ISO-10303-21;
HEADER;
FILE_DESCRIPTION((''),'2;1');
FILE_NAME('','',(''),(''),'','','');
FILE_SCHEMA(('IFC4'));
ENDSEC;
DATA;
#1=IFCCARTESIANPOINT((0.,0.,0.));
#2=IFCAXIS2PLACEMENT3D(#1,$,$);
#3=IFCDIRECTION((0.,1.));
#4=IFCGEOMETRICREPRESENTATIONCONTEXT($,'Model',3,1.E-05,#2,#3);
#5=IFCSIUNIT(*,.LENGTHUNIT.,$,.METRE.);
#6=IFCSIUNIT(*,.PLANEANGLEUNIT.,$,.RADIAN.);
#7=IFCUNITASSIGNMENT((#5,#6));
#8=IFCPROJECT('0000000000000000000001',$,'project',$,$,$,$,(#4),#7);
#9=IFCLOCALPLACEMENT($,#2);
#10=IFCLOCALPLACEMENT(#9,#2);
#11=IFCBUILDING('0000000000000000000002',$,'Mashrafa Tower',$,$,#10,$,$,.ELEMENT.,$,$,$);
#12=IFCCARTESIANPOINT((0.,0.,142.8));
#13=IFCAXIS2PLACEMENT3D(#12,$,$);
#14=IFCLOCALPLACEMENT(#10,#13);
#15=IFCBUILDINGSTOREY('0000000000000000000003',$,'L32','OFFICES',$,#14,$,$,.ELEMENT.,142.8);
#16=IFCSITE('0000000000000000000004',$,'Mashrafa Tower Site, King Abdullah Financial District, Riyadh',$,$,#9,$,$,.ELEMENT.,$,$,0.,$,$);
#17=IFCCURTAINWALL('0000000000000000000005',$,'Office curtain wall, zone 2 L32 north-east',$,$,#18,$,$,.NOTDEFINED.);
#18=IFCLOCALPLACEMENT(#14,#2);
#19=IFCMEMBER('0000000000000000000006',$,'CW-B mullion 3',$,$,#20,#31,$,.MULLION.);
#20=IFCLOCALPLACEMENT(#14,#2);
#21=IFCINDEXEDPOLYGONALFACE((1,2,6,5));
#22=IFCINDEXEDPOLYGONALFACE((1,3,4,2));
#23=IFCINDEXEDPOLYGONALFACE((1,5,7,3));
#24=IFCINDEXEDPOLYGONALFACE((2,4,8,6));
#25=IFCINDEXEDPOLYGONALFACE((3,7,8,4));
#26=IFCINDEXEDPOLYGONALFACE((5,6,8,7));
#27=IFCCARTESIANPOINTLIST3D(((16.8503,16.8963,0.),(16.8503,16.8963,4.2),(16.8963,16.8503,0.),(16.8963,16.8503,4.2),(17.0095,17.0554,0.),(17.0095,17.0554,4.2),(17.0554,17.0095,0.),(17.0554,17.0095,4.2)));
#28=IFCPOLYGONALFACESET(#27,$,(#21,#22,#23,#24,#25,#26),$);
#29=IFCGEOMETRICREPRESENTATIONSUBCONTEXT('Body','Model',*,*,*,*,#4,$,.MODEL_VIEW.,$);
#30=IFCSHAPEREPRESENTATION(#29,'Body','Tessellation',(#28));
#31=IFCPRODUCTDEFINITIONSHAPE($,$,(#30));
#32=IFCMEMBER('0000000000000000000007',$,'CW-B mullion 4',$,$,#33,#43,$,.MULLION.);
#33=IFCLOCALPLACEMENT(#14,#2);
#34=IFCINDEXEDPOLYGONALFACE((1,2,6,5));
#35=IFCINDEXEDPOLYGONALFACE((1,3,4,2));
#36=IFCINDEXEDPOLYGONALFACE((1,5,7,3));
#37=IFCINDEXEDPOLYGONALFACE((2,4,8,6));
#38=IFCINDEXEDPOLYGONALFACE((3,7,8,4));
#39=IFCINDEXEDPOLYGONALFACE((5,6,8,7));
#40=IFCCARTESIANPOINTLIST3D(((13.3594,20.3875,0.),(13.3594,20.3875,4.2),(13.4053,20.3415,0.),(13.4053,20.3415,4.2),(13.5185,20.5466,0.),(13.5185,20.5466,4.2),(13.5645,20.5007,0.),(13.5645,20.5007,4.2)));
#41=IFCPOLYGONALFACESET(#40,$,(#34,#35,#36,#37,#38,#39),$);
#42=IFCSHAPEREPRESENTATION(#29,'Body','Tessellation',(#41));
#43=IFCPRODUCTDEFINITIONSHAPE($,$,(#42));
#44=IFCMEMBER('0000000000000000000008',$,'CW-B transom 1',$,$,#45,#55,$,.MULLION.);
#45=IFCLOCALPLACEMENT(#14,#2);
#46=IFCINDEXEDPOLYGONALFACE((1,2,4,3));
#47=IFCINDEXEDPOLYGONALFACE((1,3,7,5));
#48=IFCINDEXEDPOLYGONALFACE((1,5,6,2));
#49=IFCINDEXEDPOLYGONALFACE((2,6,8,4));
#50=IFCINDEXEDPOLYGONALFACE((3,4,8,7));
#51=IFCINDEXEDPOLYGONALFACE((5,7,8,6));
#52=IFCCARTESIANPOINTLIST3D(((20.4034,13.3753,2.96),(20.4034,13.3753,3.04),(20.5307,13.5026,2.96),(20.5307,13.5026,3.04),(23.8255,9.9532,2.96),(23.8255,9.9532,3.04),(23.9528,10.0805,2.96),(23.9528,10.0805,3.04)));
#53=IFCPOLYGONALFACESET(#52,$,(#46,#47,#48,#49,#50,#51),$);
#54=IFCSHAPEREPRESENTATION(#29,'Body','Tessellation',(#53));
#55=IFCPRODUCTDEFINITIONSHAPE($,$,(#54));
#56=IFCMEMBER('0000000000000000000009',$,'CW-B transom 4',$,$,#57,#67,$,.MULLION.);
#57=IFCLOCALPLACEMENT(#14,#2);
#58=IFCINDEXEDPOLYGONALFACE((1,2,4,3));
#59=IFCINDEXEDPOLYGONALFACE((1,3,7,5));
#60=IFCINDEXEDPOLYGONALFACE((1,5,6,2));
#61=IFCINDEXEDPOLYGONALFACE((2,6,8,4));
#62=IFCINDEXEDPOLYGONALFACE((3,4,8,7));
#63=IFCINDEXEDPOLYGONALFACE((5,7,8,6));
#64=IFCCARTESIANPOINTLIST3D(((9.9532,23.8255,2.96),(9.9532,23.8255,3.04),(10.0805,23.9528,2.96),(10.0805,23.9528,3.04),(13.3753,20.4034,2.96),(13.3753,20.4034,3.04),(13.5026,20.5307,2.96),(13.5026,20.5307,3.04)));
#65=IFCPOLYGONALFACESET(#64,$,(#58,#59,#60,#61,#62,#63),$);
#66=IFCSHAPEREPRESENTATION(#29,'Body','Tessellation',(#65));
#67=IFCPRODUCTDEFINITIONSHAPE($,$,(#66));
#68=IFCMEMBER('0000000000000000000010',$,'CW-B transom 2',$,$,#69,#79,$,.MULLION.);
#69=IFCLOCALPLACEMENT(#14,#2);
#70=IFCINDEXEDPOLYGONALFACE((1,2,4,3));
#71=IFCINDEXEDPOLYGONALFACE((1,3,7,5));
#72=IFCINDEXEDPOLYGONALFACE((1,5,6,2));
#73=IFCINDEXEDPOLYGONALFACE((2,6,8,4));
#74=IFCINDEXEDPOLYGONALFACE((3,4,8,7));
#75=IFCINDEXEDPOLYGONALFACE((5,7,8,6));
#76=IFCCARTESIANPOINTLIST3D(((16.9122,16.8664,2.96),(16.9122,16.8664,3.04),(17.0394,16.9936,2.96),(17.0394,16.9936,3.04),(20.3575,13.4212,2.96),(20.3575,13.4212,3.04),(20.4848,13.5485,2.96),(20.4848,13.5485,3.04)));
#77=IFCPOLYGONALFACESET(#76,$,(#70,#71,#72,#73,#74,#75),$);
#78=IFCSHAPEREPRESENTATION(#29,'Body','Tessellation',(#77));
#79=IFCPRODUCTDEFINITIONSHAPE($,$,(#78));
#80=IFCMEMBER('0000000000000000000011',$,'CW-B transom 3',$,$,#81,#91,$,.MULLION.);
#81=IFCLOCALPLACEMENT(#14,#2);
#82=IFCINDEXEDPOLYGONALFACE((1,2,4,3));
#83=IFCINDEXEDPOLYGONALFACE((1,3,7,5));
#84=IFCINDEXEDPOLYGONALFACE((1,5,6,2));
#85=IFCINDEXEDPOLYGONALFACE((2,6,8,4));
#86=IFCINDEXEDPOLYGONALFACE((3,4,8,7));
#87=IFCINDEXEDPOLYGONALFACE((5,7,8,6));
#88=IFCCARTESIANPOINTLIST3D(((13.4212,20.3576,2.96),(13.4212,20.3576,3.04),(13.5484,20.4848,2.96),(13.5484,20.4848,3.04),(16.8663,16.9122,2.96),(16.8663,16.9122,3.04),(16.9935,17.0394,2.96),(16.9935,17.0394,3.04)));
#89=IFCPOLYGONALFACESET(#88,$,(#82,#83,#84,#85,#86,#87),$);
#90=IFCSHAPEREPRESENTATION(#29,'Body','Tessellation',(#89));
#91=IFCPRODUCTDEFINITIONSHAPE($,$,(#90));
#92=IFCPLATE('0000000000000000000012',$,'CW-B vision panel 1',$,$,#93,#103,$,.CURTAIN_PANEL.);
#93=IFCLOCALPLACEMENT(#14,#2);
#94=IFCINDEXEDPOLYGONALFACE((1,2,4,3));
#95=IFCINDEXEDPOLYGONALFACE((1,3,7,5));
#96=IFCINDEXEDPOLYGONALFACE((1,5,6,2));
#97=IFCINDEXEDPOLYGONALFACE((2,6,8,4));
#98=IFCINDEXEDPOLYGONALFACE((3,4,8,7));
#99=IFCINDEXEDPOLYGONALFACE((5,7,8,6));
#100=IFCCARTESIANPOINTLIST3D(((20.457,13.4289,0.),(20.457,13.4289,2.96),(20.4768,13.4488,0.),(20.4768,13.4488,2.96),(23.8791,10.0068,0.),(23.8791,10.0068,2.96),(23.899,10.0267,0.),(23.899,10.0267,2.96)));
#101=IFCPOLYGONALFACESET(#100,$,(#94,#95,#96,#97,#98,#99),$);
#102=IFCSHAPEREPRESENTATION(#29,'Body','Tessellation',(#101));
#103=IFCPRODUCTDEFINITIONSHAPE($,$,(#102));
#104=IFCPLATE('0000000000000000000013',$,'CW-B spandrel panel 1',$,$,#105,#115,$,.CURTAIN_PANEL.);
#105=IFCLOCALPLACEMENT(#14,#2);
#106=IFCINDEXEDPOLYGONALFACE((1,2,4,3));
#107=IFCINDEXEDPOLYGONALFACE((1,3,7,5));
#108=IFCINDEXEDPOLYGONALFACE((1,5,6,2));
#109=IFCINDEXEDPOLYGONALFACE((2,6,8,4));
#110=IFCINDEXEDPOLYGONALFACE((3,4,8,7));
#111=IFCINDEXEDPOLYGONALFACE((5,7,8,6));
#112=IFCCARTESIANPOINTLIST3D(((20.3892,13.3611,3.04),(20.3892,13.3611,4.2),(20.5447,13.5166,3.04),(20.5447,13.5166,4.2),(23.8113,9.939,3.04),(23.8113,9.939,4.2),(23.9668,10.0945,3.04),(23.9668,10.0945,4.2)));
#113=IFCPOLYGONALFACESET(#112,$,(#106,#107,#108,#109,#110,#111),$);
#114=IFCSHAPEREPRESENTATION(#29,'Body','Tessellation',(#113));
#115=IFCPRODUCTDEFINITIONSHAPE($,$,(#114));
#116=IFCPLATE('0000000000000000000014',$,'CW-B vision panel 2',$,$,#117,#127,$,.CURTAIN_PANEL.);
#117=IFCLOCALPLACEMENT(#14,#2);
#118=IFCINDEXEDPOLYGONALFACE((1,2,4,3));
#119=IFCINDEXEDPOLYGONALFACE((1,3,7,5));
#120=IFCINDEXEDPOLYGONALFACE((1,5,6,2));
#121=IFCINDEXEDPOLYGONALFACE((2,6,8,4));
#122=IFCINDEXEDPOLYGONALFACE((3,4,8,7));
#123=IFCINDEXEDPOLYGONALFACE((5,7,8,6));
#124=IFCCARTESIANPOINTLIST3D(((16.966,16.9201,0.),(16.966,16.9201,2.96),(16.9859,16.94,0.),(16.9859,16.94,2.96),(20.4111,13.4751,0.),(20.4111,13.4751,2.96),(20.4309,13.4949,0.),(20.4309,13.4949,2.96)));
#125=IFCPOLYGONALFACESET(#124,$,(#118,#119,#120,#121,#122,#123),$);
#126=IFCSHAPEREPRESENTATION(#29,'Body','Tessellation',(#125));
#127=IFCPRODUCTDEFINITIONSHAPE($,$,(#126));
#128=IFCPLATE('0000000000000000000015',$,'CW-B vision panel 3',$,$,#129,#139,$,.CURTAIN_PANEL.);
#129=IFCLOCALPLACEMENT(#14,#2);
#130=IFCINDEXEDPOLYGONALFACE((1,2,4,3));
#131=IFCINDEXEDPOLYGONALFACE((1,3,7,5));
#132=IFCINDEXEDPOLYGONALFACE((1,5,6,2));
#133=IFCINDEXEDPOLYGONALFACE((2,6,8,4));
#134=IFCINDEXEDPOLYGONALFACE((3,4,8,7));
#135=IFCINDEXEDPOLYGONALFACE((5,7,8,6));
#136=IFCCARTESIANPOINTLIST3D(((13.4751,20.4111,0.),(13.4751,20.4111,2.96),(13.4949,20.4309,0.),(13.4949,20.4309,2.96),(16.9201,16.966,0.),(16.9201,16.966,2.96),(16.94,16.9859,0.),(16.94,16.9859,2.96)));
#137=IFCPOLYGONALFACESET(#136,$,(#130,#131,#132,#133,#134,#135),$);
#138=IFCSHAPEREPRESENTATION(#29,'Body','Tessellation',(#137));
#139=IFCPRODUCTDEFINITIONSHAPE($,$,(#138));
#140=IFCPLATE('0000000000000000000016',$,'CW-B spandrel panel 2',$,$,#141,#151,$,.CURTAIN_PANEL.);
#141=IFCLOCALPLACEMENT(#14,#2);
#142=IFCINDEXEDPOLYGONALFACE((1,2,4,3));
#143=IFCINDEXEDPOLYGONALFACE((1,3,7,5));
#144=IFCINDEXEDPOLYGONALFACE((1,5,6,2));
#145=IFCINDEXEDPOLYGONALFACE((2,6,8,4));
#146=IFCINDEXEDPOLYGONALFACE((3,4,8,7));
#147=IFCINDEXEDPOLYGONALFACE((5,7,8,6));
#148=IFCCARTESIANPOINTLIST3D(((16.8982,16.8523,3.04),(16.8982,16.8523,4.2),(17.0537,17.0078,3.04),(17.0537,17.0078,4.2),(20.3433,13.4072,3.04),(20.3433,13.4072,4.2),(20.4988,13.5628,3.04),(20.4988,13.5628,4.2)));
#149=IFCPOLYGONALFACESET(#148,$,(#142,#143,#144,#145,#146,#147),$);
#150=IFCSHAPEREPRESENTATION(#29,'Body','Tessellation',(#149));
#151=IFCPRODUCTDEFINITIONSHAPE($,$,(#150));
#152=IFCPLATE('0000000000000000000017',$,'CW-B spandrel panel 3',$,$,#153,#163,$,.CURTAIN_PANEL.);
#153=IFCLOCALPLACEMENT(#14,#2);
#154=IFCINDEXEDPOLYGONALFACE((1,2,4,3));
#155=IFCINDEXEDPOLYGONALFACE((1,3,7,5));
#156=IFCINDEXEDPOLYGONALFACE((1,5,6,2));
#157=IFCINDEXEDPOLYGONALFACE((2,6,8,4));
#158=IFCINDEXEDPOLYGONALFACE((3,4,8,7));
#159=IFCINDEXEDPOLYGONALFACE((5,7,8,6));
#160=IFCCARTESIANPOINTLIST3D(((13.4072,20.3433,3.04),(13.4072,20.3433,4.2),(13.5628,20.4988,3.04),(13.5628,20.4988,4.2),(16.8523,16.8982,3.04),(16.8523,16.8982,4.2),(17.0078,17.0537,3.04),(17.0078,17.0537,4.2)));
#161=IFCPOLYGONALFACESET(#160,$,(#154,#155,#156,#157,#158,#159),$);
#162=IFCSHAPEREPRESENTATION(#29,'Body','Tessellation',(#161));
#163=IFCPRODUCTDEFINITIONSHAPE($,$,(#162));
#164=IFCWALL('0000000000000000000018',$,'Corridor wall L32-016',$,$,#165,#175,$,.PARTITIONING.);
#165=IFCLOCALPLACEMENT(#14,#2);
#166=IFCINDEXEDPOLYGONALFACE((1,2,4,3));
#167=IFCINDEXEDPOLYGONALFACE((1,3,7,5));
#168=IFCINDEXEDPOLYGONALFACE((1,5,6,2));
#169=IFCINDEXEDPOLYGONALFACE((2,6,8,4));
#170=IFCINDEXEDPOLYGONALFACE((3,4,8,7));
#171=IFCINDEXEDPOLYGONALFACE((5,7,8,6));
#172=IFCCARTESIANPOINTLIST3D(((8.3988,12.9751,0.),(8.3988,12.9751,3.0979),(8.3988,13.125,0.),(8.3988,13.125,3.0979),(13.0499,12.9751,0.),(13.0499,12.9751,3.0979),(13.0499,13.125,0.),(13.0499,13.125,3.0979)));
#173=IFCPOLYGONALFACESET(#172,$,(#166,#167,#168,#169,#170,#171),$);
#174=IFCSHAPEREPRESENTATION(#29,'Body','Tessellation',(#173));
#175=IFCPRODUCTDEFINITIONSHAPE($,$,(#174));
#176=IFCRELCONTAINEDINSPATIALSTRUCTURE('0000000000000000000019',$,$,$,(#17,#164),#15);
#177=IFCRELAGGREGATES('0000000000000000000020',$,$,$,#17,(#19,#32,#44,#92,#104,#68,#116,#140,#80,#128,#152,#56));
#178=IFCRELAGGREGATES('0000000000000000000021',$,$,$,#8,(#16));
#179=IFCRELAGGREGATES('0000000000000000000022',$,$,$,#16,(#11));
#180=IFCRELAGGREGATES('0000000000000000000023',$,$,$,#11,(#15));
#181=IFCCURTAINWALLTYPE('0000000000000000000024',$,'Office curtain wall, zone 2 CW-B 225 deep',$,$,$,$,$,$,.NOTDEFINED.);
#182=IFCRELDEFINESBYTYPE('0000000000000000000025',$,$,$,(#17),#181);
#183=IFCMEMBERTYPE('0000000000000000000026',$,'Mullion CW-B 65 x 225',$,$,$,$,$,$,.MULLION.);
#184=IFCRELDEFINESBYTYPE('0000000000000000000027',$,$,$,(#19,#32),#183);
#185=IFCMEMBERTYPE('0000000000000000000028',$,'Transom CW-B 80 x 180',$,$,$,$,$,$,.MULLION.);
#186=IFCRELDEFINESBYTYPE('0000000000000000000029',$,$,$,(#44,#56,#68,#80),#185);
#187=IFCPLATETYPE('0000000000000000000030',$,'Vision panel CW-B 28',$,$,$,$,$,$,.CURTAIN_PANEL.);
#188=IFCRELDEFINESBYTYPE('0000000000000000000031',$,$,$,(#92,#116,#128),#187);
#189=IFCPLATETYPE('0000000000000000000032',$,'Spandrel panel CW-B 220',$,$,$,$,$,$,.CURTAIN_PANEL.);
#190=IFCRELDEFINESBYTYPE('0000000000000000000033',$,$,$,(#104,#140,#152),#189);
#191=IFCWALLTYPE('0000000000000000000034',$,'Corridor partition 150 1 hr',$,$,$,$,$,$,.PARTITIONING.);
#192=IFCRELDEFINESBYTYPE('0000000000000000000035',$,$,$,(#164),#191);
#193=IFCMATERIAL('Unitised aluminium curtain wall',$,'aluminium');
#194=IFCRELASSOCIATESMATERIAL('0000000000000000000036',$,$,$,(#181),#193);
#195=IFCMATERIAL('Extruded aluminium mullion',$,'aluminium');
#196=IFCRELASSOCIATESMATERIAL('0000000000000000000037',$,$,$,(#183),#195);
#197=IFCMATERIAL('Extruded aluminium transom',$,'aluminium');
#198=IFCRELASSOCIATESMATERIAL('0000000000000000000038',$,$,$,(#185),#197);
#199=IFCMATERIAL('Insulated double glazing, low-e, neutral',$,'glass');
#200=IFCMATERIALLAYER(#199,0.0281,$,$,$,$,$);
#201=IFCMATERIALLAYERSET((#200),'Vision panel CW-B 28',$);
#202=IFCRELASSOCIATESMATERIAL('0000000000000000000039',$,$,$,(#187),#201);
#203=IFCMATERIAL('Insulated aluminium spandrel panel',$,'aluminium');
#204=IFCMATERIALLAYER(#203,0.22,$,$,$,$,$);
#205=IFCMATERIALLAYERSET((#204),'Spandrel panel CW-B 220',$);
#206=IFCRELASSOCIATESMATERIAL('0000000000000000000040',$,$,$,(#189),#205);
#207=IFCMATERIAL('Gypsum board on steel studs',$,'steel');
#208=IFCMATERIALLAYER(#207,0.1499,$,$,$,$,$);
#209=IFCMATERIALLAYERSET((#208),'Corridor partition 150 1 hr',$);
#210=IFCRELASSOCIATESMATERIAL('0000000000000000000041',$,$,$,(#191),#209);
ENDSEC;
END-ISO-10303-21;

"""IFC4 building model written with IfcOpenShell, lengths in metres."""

from ifc_helpers import new_model, si_unit, direction, frame, frame_2d, origin, origin_2d, place, context, subcontext, project, spatial, rectangle, extrude, source, transform, mapped, material, layer, layer_set, material_profile, profile_set, type_object, type_shapes, element, aggregate, save


model = new_model("IFC4")

# Units and contexts
model_context = context("Model", 3, precision=1e-05, world=origin(), true_north=direction((0.0, 1.0)))
body_context = subcontext(model_context, "Body", "Model", "MODEL_VIEW")
ifc_project = project(units=[si_unit("LENGTHUNIT", "METRE"), si_unit("PLANEANGLEUNIT", "RADIAN")], contexts=[model_context])

# Site, building, storey
site_placement = place(None, origin())
site = spatial("IfcSite", under=ifc_project, at=site_placement, Name="Mashrafa Tower Site, King Abdullah Financial District, Riyadh", CompositionType="ELEMENT", RefElevation=0.0)
building_placement = place(site_placement, origin())
building = spatial("IfcBuilding", under=site, at=building_placement, Name="Mashrafa Tower", CompositionType="ELEMENT")
storey_placement = place(building_placement, frame((0.0, 0.0, 142.8)))
storey = spatial("IfcBuildingStorey", under=building, at=storey_placement, Name="L32", Description="OFFICES", CompositionType="ELEMENT", Elevation=142.8)

# Shared definitions
ifc_material_1 = material(Name="Unitised aluminium curtain wall", Category="aluminium")
curtain_wall_type = type_object("IfcCurtainWallType", Name="Office curtain wall, zone 2 CW-B 225 deep", PredefinedType="NOTDEFINED", material=ifc_material_1)
ifc_material_2 = material(Name="Extruded aluminium mullion", Category="aluminium")
ifc_material_profile_1 = material_profile(ifc_material_2, rectangle(XDim=0.2251, YDim=0.0649, at=origin_2d()), Name="Mullion 65x225")
ifc_profile_set_1 = profile_set([ifc_material_profile_1], Name="Extruded aluminium mullion")
member_type_1 = type_object("IfcMemberType", Name="Mullion CW-B 65 x 225", PredefinedType="MULLION", material=ifc_profile_set_1)
shared_shape_1 = source(origin(), body_context, "Body", "SweptSolid", [
    extrude(rectangle(XDim=0.2251, YDim=0.0649, at=origin_2d()), origin(), (0.0, 0.0, 1.0), 4.2),
])
type_shapes(member_type_1, [shared_shape_1])

# Curtain wall, members, plates
curtain_wall_1_placement = place(storey_placement, origin())
curtain_wall_1 = element("IfcCurtainWall", 1, at=curtain_wall_1_placement, inside=storey, type_object=curtain_wall_type, Name="Office curtain wall, zone 2 L32 north-east", PredefinedType="NOTDEFINED")
member_1_placement = place(storey_placement, frame((16.9529, 16.9529, 0.0), z_axis=(0.0, 0.0, 1.0), x_axis=(-0.707107, -0.707107, 0.0)))
member_1 = element("IfcMember", 2, at=member_1_placement, type_object=member_type_1, Name="CW-B mullion 3", PredefinedType="MULLION", context=body_context, shape_type="MappedRepresentation", body=[
    mapped(shared_shape_1, transform((0.0, 0.0, 0.0))),
])
member_2_placement = place(storey_placement, frame((13.4619, 20.4441, 0.0), z_axis=(0.0, 0.0, 1.0), x_axis=(-0.707107, -0.707107, 0.0)))
member_2 = element("IfcMember", 3, at=member_2_placement, type_object=member_type_1, Name="CW-B mullion 4", PredefinedType="MULLION", context=body_context, shape_type="MappedRepresentation", body=[
    mapped(shared_shape_1, transform((0.0, 0.0, 0.0))),
])
ifc_material_3 = material(Name="Extruded aluminium transom", Category="aluminium")
ifc_material_profile_2 = material_profile(ifc_material_3, rectangle(XDim=0.1799, YDim=0.0801, at=origin_2d()), Name="Transom 80x180")
ifc_profile_set_2 = profile_set([ifc_material_profile_2], Name="Extruded aluminium transom")
member_type_2 = type_object("IfcMemberType", Name="Transom CW-B 80 x 180", PredefinedType="MULLION", material=ifc_profile_set_2)
shared_shape_2 = source(origin(), body_context, "Body", "SweptSolid", [
    extrude(rectangle(XDim=0.1799, YDim=0.0801, at=origin_2d()), origin(), (0.0, 0.0, 1.0), 4.8396),
])
member_3_placement = place(storey_placement, frame((23.8892, 10.0168, 3.0), z_axis=(-0.707107, 0.707107, 0.0), x_axis=(-0.707107, -0.707107, 0.0)))
member_3 = element("IfcMember", 4, at=member_3_placement, type_object=member_type_2, Name="CW-B transom 1", PredefinedType="MULLION", context=body_context, shape_type="MappedRepresentation", body=[
    mapped(shared_shape_2, transform((0.0, 0.0, 0.0))),
])
member_4_placement = place(storey_placement, frame((13.439, 20.467, 3.0), z_axis=(-0.707107, 0.707107, 0.0), x_axis=(-0.707107, -0.707107, 0.0)))
member_4 = element("IfcMember", 5, at=member_4_placement, type_object=member_type_2, Name="CW-B transom 4", PredefinedType="MULLION", context=body_context, shape_type="MappedRepresentation", body=[
    mapped(shared_shape_2, transform((0.0, 0.0, 0.0))),
])
shared_shape_3 = source(origin(), body_context, "Body", "SweptSolid", [
    extrude(rectangle(XDim=0.1799, YDim=0.0801, at=origin_2d()), origin(), (0.0, 0.0, 1.0), 4.8723),
])
type_shapes(member_type_2, [shared_shape_2, shared_shape_3])
member_5_placement = place(storey_placement, frame((20.4211, 13.4849, 3.0), z_axis=(-0.707132, 0.707082, 0.0), x_axis=(-0.707082, -0.707132, 0.0)))
member_5 = element("IfcMember", 6, at=member_5_placement, type_object=member_type_2, Name="CW-B transom 2", PredefinedType="MULLION", context=body_context, shape_type="MappedRepresentation", body=[
    mapped(shared_shape_3, transform((0.0, 0.0, 0.0))),
])
member_6_placement = place(storey_placement, frame((16.9299, 16.9758, 3.0), z_axis=(-0.707082, 0.707132, 0.0), x_axis=(-0.707132, -0.707082, 0.0)))
member_6 = element("IfcMember", 7, at=member_6_placement, type_object=member_type_2, Name="CW-B transom 3", PredefinedType="MULLION", context=body_context, shape_type="MappedRepresentation", body=[
    mapped(shared_shape_3, transform((0.0, 0.0, 0.0))),
])
ifc_material_4 = material(Name="Insulated double glazing, low-e, neutral", Category="glass")
ifc_layer_1 = layer(ifc_material_4, 0.0281)
ifc_layer_set_1 = layer_set([ifc_layer_1], Name="Vision panel CW-B 28")
plate_type_1 = type_object("IfcPlateType", Name="Vision panel CW-B 28", PredefinedType="CURTAIN_PANEL", material=ifc_layer_set_1)
shared_shape_4 = source(origin(), body_context, "Body", "SweptSolid", [
    extrude(rectangle(XDim=4.8396, YDim=0.0281, at=origin_2d()), origin(), (0.0, 0.0, 1.0), 2.96),
])
plate_1_placement = place(storey_placement, frame((22.178, 11.7278, 0.0), z_axis=(0.0, 0.0, 1.0), x_axis=(-0.707107, 0.707107, 0.0)))
plate_1 = element("IfcPlate", 8, at=plate_1_placement, type_object=plate_type_1, Name="CW-B vision panel 1", PredefinedType="CURTAIN_PANEL", context=body_context, shape_type="MappedRepresentation", body=[
    mapped(shared_shape_4, transform((0.0, 0.0, 0.0))),
])
ifc_material_5 = material(Name="Insulated aluminium spandrel panel", Category="aluminium")
ifc_layer_2 = layer(ifc_material_5, 0.22)
ifc_layer_set_2 = layer_set([ifc_layer_2], Name="Spandrel panel CW-B 220")
plate_type_2 = type_object("IfcPlateType", Name="Spandrel panel CW-B 220", PredefinedType="CURTAIN_PANEL", material=ifc_layer_set_2)
shared_shape_5 = source(origin(), body_context, "Body", "SweptSolid", [
    extrude(rectangle(XDim=4.8396, YDim=0.22, at=origin_2d()), origin(), (0.0, 0.0, 1.0), 1.1599),
])
plate_2_placement = place(storey_placement, frame((22.178, 11.7278, 3.04), z_axis=(0.0, 0.0, 1.0), x_axis=(-0.707107, 0.707107, 0.0)))
plate_2 = element("IfcPlate", 9, at=plate_2_placement, type_object=plate_type_2, Name="CW-B spandrel panel 1", PredefinedType="CURTAIN_PANEL", context=body_context, shape_type="MappedRepresentation", body=[
    mapped(shared_shape_5, transform((0.0, 0.0, 0.0))),
])
shared_shape_6 = source(origin(), body_context, "Body", "SweptSolid", [
    extrude(rectangle(XDim=4.8721, YDim=0.0281, at=origin_2d()), origin(), (0.0, 0.0, 1.0), 2.96),
])
type_shapes(plate_type_1, [shared_shape_4, shared_shape_6])
plate_3_placement = place(storey_placement, frame((18.6985, 15.2075, 0.0), z_axis=(0.0, 0.0, 1.0), x_axis=(-0.707107, 0.707107, 0.0)))
plate_3 = element("IfcPlate", 10, at=plate_3_placement, type_object=plate_type_1, Name="CW-B vision panel 2", PredefinedType="CURTAIN_PANEL", context=body_context, shape_type="MappedRepresentation", body=[
    mapped(shared_shape_6, transform((0.0, 0.0, 0.0))),
])
plate_4_placement = place(storey_placement, frame((15.2075, 18.6985, 0.0), z_axis=(0.0, 0.0, 1.0), x_axis=(-0.707107, 0.707107, 0.0)))
plate_4 = element("IfcPlate", 11, at=plate_4_placement, type_object=plate_type_1, Name="CW-B vision panel 3", PredefinedType="CURTAIN_PANEL", context=body_context, shape_type="MappedRepresentation", body=[
    mapped(shared_shape_6, transform((0.0, 0.0, 0.0))),
])
shared_shape_7 = source(origin(), body_context, "Body", "SweptSolid", [
    extrude(rectangle(XDim=4.8721, YDim=0.22, at=origin_2d()), origin(), (0.0, 0.0, 1.0), 1.1599),
])
type_shapes(plate_type_2, [shared_shape_5, shared_shape_7])
plate_5_placement = place(storey_placement, frame((18.6985, 15.2075, 3.04), z_axis=(0.0, 0.0, 1.0), x_axis=(-0.707107, 0.707107, 0.0)))
plate_5 = element("IfcPlate", 12, at=plate_5_placement, type_object=plate_type_2, Name="CW-B spandrel panel 2", PredefinedType="CURTAIN_PANEL", context=body_context, shape_type="MappedRepresentation", body=[
    mapped(shared_shape_7, transform((0.0, 0.0, 0.0))),
])
plate_6_placement = place(storey_placement, frame((15.2075, 18.6985, 3.04), z_axis=(0.0, 0.0, 1.0), x_axis=(-0.707107, 0.707107, 0.0)))
plate_6 = element("IfcPlate", 13, at=plate_6_placement, type_object=plate_type_2, Name="CW-B spandrel panel 3", PredefinedType="CURTAIN_PANEL", context=body_context, shape_type="MappedRepresentation", body=[
    mapped(shared_shape_7, transform((0.0, 0.0, 0.0))),
])
aggregate(curtain_wall_1, [member_1, member_2, member_3, plate_1, plate_2, member_5, plate_3, plate_5, member_6, plate_4, plate_6, member_4])

# Wall
ifc_material_6 = material(Name="Gypsum board on steel studs", Category="steel")
ifc_layer_3 = layer(ifc_material_6, 0.1499)
ifc_layer_set_3 = layer_set([ifc_layer_3], Name="Corridor partition 150 1 hr")
wall_type = type_object("IfcWallType", Name="Corridor partition 150 1 hr", PredefinedType="PARTITIONING", material=ifc_layer_set_3)
wall_placement = place(storey_placement, frame((13.05, 13.05, 0.0), z_axis=(0.0, 0.0, 1.0), x_axis=(-1.0, 0.0, 0.0)))
element("IfcWall", 14, at=wall_placement, inside=storey, type_object=wall_type, Name="Corridor wall L32-016", PredefinedType="PARTITIONING", context=body_context, shape_type="SweptSolid", body=[
    extrude(rectangle(XDim=4.6511, YDim=0.1499, at=frame_2d((2.3257, 0.0))), origin(), (0.0, 0.0, 1.0), 3.0979),
])

save(model, "model.ifc")
